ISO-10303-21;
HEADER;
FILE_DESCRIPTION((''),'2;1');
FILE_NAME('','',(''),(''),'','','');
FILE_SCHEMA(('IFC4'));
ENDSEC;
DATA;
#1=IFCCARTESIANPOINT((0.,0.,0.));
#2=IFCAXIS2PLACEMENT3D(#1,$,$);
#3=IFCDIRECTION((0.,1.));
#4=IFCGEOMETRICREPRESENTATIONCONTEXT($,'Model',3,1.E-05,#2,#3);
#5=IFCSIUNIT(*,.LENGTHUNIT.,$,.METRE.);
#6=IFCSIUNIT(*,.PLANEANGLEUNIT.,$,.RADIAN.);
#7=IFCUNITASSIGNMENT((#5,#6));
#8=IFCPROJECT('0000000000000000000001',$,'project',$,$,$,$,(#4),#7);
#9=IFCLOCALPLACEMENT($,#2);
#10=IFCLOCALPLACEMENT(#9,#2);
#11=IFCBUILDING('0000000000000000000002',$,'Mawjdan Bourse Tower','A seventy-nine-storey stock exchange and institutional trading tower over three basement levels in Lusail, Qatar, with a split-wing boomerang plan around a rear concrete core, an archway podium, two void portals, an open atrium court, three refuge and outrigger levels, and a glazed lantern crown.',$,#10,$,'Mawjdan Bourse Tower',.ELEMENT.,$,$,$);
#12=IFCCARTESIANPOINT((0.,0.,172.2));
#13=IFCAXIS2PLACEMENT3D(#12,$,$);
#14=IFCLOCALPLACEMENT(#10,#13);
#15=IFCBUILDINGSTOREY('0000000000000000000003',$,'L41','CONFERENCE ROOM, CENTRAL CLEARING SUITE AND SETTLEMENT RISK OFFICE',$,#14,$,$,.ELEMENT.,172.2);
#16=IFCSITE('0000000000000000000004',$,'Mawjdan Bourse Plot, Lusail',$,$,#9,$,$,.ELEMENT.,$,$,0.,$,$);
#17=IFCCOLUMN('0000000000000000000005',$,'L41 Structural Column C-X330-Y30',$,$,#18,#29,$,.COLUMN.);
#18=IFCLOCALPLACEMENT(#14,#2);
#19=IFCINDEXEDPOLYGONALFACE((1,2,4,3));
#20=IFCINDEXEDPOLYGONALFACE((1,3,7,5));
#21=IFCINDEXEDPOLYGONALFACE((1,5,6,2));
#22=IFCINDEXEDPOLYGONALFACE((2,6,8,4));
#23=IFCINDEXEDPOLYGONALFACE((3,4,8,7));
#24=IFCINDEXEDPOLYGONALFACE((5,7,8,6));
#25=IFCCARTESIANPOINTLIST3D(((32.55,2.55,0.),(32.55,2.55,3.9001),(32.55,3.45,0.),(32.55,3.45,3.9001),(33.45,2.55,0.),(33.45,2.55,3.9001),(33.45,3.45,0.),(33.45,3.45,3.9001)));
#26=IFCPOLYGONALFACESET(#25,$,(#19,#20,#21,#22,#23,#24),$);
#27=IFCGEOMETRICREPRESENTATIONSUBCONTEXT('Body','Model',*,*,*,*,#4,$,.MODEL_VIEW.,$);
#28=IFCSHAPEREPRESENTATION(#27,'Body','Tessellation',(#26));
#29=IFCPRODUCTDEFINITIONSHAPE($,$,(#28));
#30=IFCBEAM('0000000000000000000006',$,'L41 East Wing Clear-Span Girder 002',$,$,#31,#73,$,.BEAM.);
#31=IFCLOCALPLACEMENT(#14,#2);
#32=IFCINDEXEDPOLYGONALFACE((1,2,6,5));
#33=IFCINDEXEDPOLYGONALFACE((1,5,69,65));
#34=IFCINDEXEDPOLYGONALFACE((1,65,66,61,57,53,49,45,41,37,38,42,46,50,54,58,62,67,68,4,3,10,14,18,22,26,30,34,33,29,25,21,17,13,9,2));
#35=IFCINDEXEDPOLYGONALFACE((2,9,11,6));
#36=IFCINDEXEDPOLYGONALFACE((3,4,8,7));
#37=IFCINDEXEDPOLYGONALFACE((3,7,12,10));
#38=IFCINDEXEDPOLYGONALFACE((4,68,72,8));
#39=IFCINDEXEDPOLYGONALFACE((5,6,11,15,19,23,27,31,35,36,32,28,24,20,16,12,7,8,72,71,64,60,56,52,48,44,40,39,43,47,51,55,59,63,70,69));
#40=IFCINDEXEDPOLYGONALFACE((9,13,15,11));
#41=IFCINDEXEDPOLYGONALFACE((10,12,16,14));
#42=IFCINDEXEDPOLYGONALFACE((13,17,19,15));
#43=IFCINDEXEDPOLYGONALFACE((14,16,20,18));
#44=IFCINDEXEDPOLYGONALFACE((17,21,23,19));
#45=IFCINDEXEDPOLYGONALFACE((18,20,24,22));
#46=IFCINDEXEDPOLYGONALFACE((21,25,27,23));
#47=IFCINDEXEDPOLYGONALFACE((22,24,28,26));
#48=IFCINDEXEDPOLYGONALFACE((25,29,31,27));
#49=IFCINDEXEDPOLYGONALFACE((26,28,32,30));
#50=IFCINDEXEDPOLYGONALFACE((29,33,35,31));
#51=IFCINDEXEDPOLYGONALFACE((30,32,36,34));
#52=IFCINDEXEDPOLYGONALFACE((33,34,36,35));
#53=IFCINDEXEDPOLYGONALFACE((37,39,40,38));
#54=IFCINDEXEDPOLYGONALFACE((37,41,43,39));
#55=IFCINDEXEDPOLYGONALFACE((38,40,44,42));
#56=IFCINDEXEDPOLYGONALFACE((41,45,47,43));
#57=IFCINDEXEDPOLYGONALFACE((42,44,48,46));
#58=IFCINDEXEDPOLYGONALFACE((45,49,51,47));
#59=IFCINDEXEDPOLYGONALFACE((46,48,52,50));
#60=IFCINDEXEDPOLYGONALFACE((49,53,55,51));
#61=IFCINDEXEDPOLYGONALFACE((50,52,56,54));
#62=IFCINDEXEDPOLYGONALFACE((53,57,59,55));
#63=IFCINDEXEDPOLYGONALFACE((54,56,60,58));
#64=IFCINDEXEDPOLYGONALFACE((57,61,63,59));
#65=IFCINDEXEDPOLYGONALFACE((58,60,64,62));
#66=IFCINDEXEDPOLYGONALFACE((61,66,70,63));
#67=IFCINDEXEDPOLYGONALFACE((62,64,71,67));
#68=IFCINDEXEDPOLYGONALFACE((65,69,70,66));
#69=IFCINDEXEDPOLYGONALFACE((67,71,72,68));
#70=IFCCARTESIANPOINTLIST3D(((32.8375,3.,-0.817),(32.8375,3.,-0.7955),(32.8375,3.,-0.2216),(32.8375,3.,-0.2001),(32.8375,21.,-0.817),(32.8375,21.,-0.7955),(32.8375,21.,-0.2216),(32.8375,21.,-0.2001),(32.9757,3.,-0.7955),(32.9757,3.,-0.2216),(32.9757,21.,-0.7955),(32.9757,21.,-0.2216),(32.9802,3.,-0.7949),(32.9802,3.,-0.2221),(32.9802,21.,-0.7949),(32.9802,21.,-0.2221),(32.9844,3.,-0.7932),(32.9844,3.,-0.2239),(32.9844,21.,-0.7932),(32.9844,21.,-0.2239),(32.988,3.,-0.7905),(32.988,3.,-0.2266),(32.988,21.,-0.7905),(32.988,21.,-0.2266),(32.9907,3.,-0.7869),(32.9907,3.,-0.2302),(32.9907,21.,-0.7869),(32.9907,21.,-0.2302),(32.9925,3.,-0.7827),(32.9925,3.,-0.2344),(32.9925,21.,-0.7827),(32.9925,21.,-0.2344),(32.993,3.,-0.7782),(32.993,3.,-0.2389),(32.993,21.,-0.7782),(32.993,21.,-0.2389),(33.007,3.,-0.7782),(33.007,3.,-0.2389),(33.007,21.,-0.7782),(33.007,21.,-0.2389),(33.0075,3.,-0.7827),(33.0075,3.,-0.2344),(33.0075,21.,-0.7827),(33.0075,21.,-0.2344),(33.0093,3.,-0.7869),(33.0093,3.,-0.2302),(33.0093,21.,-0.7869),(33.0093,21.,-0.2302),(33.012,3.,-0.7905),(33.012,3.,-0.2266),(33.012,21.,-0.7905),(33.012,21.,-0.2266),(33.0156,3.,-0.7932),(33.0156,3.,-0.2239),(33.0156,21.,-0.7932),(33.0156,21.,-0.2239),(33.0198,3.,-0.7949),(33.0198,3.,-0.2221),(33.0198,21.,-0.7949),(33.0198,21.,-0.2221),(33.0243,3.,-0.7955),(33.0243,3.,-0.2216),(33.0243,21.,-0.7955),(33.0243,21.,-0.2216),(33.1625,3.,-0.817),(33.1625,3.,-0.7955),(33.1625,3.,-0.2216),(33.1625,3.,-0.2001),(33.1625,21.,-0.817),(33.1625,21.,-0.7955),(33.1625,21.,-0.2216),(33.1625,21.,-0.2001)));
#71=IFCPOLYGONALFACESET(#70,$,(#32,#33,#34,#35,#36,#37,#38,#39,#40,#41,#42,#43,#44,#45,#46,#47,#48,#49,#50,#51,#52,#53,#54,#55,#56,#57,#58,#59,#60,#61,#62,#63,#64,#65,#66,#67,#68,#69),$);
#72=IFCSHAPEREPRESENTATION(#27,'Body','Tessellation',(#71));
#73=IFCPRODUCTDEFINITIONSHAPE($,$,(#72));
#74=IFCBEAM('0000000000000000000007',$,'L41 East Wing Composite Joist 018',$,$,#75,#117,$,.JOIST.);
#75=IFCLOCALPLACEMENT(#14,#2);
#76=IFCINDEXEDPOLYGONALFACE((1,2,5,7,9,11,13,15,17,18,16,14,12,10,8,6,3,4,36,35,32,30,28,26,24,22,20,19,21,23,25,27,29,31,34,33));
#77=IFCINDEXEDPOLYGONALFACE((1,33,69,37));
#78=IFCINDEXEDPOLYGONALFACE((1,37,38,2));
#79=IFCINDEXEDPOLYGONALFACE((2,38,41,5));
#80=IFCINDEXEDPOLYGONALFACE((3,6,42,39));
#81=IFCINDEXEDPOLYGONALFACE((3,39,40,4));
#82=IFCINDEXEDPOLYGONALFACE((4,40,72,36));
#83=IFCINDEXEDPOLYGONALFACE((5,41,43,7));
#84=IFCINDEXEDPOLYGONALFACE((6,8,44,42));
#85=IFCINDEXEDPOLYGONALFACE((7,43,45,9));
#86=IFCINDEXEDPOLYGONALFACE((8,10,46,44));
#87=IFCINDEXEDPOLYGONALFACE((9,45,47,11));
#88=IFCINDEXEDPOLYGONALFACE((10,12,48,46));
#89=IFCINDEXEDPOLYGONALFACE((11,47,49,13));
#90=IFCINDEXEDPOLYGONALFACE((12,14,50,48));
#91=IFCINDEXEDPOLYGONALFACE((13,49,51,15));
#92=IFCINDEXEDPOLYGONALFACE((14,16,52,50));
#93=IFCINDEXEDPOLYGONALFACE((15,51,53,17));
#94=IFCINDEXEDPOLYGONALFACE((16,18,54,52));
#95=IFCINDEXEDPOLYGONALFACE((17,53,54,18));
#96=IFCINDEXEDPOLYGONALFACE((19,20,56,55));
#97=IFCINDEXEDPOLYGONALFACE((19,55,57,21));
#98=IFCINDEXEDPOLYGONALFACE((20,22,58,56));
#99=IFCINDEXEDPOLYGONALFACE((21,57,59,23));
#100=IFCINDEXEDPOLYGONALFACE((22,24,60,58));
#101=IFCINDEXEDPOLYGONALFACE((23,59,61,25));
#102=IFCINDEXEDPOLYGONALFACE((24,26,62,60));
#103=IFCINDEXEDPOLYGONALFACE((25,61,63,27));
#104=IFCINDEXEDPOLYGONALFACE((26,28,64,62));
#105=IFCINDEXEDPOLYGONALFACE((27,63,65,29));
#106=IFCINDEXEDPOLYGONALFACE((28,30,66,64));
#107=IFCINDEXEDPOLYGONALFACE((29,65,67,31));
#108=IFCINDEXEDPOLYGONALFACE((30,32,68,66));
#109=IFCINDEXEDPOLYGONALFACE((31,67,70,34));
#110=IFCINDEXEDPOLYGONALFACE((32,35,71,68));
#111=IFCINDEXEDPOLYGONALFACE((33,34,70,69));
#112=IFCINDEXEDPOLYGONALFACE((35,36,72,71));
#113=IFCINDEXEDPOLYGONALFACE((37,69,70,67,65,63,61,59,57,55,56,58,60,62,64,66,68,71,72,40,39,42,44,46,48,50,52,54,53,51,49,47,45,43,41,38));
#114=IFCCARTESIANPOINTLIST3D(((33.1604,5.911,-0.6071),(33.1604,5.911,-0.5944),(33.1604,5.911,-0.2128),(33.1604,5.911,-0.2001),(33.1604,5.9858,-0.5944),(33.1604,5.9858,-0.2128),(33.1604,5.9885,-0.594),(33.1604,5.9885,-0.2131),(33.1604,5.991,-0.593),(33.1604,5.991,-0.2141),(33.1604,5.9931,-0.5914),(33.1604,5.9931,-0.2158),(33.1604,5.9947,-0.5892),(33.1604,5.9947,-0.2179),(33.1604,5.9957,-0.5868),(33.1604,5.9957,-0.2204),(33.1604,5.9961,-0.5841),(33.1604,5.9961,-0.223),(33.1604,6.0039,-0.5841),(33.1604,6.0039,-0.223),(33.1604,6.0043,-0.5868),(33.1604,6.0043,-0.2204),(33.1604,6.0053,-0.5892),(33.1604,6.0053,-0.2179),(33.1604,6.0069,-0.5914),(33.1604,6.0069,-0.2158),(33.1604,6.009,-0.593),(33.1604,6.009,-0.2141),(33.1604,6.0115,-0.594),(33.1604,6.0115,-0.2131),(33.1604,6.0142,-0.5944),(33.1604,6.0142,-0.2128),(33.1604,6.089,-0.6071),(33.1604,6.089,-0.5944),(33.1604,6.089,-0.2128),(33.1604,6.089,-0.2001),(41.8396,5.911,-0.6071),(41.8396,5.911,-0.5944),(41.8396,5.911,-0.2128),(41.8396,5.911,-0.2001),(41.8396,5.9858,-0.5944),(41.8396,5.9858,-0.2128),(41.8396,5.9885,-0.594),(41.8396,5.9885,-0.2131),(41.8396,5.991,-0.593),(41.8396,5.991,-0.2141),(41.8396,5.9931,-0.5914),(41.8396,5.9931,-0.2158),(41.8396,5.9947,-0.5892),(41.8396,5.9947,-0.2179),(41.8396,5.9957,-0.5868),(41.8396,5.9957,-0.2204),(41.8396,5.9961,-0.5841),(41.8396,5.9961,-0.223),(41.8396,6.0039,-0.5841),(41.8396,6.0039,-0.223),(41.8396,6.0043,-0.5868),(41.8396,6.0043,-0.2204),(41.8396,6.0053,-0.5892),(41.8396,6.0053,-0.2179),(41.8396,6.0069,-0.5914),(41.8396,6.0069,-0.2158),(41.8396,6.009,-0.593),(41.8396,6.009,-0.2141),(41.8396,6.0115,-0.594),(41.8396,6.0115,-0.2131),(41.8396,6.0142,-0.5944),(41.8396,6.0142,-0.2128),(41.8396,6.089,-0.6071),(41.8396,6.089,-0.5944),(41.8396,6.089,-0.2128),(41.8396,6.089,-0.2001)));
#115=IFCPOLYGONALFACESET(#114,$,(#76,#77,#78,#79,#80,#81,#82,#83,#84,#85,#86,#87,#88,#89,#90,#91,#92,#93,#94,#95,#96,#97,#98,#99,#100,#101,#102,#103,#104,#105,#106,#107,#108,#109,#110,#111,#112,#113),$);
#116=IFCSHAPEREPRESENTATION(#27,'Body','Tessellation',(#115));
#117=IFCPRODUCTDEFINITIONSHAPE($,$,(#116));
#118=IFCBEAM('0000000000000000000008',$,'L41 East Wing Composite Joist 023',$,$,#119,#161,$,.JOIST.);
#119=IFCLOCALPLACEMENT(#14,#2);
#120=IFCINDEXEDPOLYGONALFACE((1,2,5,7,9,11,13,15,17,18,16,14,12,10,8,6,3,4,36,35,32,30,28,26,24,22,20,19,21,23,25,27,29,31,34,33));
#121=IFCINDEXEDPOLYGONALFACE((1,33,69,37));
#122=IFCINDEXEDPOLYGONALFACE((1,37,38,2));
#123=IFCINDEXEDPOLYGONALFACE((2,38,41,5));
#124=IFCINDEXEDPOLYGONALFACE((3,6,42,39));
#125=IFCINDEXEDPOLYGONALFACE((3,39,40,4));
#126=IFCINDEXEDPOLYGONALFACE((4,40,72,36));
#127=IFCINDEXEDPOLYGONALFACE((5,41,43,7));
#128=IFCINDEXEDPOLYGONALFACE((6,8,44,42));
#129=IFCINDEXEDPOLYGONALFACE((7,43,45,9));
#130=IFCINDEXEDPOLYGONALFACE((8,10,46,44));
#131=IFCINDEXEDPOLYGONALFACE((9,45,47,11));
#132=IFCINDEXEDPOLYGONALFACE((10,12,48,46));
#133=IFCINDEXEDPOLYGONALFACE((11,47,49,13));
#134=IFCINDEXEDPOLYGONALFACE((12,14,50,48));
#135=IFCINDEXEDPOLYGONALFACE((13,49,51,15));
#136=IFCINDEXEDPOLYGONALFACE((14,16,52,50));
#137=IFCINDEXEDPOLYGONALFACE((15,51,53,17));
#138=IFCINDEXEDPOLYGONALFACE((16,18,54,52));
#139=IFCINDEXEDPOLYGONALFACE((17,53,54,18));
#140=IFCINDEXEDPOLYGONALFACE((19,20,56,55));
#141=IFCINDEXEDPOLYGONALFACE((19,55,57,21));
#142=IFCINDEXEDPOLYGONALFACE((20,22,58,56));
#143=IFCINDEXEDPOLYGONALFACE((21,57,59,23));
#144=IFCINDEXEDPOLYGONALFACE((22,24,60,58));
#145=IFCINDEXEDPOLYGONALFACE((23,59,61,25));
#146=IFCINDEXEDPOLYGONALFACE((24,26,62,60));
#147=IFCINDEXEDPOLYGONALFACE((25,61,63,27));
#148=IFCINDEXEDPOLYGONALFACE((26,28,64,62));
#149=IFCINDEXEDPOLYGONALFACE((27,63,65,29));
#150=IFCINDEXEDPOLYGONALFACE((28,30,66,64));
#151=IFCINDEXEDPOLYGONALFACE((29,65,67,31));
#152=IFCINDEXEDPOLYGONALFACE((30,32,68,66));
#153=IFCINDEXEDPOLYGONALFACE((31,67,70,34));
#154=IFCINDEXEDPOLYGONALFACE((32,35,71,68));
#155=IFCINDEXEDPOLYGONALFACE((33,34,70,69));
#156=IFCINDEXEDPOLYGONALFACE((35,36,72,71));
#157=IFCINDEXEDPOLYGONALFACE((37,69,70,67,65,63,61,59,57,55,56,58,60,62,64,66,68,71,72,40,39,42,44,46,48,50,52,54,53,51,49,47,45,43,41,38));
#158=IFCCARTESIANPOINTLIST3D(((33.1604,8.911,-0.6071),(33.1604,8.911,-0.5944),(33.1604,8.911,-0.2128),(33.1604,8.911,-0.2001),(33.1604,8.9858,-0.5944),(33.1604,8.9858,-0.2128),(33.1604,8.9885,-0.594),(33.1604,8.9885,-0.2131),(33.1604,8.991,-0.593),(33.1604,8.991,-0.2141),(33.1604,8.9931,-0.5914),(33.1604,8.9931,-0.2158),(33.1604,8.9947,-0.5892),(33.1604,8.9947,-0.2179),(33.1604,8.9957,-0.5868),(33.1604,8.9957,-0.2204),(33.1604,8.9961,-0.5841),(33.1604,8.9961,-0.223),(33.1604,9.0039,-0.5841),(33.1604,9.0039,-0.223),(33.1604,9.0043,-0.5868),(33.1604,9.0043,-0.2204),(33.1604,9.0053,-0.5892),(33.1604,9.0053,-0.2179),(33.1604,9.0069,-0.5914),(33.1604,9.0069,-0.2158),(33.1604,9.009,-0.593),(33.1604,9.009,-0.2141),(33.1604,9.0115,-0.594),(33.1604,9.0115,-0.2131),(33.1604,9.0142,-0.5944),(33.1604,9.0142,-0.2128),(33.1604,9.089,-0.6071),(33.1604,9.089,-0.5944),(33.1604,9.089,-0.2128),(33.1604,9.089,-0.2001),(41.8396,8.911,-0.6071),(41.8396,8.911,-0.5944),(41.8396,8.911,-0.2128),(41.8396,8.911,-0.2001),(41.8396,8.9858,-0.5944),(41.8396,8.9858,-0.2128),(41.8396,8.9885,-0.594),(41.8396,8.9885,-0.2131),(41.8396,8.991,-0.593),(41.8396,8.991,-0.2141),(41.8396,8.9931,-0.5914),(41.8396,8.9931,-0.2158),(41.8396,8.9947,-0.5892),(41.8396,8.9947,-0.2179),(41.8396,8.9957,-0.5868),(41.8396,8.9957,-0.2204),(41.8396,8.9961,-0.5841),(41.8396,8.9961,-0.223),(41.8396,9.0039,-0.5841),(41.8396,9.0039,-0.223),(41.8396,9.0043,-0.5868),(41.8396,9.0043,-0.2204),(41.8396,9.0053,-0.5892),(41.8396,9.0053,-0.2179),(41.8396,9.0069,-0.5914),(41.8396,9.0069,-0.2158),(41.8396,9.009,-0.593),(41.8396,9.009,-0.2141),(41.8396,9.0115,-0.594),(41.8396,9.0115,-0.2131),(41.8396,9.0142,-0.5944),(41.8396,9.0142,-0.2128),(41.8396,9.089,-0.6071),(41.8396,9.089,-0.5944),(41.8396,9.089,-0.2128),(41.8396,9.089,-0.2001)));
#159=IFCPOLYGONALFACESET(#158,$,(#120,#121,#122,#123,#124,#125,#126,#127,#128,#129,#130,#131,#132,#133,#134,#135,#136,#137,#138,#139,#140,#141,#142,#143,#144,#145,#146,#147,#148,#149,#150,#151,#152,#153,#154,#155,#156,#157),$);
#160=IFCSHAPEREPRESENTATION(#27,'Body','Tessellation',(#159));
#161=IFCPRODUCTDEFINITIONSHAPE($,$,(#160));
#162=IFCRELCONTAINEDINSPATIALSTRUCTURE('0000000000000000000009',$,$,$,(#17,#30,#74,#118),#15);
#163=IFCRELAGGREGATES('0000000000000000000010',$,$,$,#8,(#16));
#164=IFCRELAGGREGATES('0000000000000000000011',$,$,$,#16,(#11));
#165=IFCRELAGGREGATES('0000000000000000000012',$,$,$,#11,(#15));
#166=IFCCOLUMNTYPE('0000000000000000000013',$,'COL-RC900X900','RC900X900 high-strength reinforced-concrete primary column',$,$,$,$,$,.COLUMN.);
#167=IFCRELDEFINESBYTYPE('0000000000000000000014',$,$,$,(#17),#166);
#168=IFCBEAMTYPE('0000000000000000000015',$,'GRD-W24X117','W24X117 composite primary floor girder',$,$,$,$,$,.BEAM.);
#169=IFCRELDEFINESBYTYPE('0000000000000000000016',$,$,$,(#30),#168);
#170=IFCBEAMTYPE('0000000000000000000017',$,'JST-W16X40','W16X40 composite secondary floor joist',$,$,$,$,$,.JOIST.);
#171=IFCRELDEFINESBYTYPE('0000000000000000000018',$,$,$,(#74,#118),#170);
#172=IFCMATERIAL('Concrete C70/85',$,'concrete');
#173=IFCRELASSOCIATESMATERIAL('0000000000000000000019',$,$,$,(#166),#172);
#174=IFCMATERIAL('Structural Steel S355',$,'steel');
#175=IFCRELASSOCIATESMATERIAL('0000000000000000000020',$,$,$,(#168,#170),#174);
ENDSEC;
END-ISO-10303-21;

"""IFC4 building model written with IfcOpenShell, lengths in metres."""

from ifc_helpers import new_model, si_unit, direction, frame, origin, origin_2d, place, context, subcontext, project, spatial, rectangle, i_section, extrude, material, material_profile, profile_set, type_object, element, save


model = new_model("IFC4")

# Units and contexts
model_context = context("Model", 3, precision=1e-05, world=origin(), true_north=direction((0.0, 1.0)))
body_context = subcontext(model_context, "Body", "Model", "MODEL_VIEW")
ifc_project = project(units=[si_unit("LENGTHUNIT", "METRE"), si_unit("PLANEANGLEUNIT", "RADIAN")], contexts=[model_context])

# Site, building, storey
site_placement = place(None, origin())
site = spatial("IfcSite", under=ifc_project, at=site_placement, Name="Mawjdan Bourse Plot, Lusail", CompositionType="ELEMENT", RefElevation=0.0)
building_placement = place(site_placement, origin())
building = spatial("IfcBuilding", under=site, at=building_placement, Name="Mawjdan Bourse Tower", Description="A seventy-nine-storey stock exchange and institutional trading tower over three basement levels in Lusail, Qatar, with a split-wing boomerang plan around a rear concrete core, an archway podium, two void portals, an open atrium court, three refuge and outrigger levels, and a glazed lantern crown.", LongName="Mawjdan Bourse Tower", CompositionType="ELEMENT")
storey_placement = place(building_placement, frame((0.0, 0.0, 172.2)))
storey = spatial("IfcBuildingStorey", under=building, at=storey_placement, Name="L41", Description="CONFERENCE ROOM, CENTRAL CLEARING SUITE AND SETTLEMENT RISK OFFICE", CompositionType="ELEMENT", Elevation=172.2)

# Column
ifc_material_1 = material(Name="Concrete C70/85", Category="concrete")
ifc_material_profile_1 = material_profile(ifc_material_1, rectangle(XDim=0.8999, YDim=0.8999, at=origin_2d()), Name="RC900X900")
ifc_profile_set_1 = profile_set([ifc_material_profile_1], Name="Concrete C70/85")
column_type = type_object("IfcColumnType", Name="COL-RC900X900", Description="RC900X900 high-strength reinforced-concrete primary column", PredefinedType="COLUMN", material=ifc_profile_set_1)
column_placement = place(storey_placement, frame((33.0, 3.0, 0.0), z_axis=(0.0, 0.0, 1.0), x_axis=(1.0, 0.0, 0.0)))
element("IfcColumn", 1, at=column_placement, inside=storey, type_object=column_type, Name="L41 Structural Column C-X330-Y30", PredefinedType="COLUMN", context=body_context, shape_type="SweptSolid", body=[
    extrude(rectangle(XDim=0.8999, YDim=0.8999, at=origin_2d()), origin(), (0.0, 0.0, 1.0), 3.9001),
])

# Beams
ifc_material_2 = material(Name="Structural Steel S355", Category="steel")
ifc_material_profile_2 = material_profile(ifc_material_2, i_section(OverallWidth=0.325, OverallDepth=0.6169, WebThickness=0.0139, FlangeThickness=0.0215, FilletRadius=0.0173, at=origin_2d()), Name="W24X117")
ifc_profile_set_2 = profile_set([ifc_material_profile_2], Name="Structural Steel S355")
beam_type_1 = type_object("IfcBeamType", Name="GRD-W24X117", Description="W24X117 composite primary floor girder", PredefinedType="BEAM", material=ifc_profile_set_2)
beam_placement = place(storey_placement, frame((33.0, 3.0, -0.5085), z_axis=(0.0, 1.0, 0.0), x_axis=(-1.0, 0.0, 0.0)))
element("IfcBeam", 2, at=beam_placement, inside=storey, type_object=beam_type_1, Name="L41 East Wing Clear-Span Girder 002", PredefinedType="BEAM", context=body_context, shape_type="SweptSolid", body=[
    extrude(i_section(OverallWidth=0.325, OverallDepth=0.6169, WebThickness=0.0139, FlangeThickness=0.0215, FilletRadius=0.0173, at=origin_2d()), origin(), (0.0, 0.0, 1.0), 18.0),
])
ifc_material_profile_3 = material_profile(ifc_material_2, i_section(OverallWidth=0.178, OverallDepth=0.407, WebThickness=0.0078, FlangeThickness=0.0127, FilletRadius=0.0103, at=origin_2d()), Name="W16X40")
ifc_profile_set_3 = profile_set([ifc_material_profile_3], Name="Structural Steel S355")
beam_type_2 = type_object("IfcBeamType", Name="JST-W16X40", Description="W16X40 composite secondary floor joist", PredefinedType="JOIST", material=ifc_profile_set_3)
for number, where, z_axis, x_axis, name in (
    (3, (33.1604, 6.0, -0.4036), (1.0, 0.0, 0.0), (0.0, 1.0, 0.0), "L41 East Wing Composite Joist 018"),
    (4, (33.1604, 9.0, -0.4036), (1.0, 0.0, 0.0), (0.0, 1.0, 0.0), "L41 East Wing Composite Joist 023"),
):
    element("IfcBeam", number, at=place(storey_placement, frame(where, z_axis=z_axis, x_axis=x_axis)), inside=storey, type_object=beam_type_2, Name=name, PredefinedType="JOIST", context=body_context, shape_type="SweptSolid", body=[
        extrude(i_section(OverallWidth=0.178, OverallDepth=0.407, WebThickness=0.0078, FlangeThickness=0.0127, FilletRadius=0.0103, at=origin_2d()), origin(), (0.0, 0.0, 1.0), 8.6792),
    ])

save(model, "model.ifc")
